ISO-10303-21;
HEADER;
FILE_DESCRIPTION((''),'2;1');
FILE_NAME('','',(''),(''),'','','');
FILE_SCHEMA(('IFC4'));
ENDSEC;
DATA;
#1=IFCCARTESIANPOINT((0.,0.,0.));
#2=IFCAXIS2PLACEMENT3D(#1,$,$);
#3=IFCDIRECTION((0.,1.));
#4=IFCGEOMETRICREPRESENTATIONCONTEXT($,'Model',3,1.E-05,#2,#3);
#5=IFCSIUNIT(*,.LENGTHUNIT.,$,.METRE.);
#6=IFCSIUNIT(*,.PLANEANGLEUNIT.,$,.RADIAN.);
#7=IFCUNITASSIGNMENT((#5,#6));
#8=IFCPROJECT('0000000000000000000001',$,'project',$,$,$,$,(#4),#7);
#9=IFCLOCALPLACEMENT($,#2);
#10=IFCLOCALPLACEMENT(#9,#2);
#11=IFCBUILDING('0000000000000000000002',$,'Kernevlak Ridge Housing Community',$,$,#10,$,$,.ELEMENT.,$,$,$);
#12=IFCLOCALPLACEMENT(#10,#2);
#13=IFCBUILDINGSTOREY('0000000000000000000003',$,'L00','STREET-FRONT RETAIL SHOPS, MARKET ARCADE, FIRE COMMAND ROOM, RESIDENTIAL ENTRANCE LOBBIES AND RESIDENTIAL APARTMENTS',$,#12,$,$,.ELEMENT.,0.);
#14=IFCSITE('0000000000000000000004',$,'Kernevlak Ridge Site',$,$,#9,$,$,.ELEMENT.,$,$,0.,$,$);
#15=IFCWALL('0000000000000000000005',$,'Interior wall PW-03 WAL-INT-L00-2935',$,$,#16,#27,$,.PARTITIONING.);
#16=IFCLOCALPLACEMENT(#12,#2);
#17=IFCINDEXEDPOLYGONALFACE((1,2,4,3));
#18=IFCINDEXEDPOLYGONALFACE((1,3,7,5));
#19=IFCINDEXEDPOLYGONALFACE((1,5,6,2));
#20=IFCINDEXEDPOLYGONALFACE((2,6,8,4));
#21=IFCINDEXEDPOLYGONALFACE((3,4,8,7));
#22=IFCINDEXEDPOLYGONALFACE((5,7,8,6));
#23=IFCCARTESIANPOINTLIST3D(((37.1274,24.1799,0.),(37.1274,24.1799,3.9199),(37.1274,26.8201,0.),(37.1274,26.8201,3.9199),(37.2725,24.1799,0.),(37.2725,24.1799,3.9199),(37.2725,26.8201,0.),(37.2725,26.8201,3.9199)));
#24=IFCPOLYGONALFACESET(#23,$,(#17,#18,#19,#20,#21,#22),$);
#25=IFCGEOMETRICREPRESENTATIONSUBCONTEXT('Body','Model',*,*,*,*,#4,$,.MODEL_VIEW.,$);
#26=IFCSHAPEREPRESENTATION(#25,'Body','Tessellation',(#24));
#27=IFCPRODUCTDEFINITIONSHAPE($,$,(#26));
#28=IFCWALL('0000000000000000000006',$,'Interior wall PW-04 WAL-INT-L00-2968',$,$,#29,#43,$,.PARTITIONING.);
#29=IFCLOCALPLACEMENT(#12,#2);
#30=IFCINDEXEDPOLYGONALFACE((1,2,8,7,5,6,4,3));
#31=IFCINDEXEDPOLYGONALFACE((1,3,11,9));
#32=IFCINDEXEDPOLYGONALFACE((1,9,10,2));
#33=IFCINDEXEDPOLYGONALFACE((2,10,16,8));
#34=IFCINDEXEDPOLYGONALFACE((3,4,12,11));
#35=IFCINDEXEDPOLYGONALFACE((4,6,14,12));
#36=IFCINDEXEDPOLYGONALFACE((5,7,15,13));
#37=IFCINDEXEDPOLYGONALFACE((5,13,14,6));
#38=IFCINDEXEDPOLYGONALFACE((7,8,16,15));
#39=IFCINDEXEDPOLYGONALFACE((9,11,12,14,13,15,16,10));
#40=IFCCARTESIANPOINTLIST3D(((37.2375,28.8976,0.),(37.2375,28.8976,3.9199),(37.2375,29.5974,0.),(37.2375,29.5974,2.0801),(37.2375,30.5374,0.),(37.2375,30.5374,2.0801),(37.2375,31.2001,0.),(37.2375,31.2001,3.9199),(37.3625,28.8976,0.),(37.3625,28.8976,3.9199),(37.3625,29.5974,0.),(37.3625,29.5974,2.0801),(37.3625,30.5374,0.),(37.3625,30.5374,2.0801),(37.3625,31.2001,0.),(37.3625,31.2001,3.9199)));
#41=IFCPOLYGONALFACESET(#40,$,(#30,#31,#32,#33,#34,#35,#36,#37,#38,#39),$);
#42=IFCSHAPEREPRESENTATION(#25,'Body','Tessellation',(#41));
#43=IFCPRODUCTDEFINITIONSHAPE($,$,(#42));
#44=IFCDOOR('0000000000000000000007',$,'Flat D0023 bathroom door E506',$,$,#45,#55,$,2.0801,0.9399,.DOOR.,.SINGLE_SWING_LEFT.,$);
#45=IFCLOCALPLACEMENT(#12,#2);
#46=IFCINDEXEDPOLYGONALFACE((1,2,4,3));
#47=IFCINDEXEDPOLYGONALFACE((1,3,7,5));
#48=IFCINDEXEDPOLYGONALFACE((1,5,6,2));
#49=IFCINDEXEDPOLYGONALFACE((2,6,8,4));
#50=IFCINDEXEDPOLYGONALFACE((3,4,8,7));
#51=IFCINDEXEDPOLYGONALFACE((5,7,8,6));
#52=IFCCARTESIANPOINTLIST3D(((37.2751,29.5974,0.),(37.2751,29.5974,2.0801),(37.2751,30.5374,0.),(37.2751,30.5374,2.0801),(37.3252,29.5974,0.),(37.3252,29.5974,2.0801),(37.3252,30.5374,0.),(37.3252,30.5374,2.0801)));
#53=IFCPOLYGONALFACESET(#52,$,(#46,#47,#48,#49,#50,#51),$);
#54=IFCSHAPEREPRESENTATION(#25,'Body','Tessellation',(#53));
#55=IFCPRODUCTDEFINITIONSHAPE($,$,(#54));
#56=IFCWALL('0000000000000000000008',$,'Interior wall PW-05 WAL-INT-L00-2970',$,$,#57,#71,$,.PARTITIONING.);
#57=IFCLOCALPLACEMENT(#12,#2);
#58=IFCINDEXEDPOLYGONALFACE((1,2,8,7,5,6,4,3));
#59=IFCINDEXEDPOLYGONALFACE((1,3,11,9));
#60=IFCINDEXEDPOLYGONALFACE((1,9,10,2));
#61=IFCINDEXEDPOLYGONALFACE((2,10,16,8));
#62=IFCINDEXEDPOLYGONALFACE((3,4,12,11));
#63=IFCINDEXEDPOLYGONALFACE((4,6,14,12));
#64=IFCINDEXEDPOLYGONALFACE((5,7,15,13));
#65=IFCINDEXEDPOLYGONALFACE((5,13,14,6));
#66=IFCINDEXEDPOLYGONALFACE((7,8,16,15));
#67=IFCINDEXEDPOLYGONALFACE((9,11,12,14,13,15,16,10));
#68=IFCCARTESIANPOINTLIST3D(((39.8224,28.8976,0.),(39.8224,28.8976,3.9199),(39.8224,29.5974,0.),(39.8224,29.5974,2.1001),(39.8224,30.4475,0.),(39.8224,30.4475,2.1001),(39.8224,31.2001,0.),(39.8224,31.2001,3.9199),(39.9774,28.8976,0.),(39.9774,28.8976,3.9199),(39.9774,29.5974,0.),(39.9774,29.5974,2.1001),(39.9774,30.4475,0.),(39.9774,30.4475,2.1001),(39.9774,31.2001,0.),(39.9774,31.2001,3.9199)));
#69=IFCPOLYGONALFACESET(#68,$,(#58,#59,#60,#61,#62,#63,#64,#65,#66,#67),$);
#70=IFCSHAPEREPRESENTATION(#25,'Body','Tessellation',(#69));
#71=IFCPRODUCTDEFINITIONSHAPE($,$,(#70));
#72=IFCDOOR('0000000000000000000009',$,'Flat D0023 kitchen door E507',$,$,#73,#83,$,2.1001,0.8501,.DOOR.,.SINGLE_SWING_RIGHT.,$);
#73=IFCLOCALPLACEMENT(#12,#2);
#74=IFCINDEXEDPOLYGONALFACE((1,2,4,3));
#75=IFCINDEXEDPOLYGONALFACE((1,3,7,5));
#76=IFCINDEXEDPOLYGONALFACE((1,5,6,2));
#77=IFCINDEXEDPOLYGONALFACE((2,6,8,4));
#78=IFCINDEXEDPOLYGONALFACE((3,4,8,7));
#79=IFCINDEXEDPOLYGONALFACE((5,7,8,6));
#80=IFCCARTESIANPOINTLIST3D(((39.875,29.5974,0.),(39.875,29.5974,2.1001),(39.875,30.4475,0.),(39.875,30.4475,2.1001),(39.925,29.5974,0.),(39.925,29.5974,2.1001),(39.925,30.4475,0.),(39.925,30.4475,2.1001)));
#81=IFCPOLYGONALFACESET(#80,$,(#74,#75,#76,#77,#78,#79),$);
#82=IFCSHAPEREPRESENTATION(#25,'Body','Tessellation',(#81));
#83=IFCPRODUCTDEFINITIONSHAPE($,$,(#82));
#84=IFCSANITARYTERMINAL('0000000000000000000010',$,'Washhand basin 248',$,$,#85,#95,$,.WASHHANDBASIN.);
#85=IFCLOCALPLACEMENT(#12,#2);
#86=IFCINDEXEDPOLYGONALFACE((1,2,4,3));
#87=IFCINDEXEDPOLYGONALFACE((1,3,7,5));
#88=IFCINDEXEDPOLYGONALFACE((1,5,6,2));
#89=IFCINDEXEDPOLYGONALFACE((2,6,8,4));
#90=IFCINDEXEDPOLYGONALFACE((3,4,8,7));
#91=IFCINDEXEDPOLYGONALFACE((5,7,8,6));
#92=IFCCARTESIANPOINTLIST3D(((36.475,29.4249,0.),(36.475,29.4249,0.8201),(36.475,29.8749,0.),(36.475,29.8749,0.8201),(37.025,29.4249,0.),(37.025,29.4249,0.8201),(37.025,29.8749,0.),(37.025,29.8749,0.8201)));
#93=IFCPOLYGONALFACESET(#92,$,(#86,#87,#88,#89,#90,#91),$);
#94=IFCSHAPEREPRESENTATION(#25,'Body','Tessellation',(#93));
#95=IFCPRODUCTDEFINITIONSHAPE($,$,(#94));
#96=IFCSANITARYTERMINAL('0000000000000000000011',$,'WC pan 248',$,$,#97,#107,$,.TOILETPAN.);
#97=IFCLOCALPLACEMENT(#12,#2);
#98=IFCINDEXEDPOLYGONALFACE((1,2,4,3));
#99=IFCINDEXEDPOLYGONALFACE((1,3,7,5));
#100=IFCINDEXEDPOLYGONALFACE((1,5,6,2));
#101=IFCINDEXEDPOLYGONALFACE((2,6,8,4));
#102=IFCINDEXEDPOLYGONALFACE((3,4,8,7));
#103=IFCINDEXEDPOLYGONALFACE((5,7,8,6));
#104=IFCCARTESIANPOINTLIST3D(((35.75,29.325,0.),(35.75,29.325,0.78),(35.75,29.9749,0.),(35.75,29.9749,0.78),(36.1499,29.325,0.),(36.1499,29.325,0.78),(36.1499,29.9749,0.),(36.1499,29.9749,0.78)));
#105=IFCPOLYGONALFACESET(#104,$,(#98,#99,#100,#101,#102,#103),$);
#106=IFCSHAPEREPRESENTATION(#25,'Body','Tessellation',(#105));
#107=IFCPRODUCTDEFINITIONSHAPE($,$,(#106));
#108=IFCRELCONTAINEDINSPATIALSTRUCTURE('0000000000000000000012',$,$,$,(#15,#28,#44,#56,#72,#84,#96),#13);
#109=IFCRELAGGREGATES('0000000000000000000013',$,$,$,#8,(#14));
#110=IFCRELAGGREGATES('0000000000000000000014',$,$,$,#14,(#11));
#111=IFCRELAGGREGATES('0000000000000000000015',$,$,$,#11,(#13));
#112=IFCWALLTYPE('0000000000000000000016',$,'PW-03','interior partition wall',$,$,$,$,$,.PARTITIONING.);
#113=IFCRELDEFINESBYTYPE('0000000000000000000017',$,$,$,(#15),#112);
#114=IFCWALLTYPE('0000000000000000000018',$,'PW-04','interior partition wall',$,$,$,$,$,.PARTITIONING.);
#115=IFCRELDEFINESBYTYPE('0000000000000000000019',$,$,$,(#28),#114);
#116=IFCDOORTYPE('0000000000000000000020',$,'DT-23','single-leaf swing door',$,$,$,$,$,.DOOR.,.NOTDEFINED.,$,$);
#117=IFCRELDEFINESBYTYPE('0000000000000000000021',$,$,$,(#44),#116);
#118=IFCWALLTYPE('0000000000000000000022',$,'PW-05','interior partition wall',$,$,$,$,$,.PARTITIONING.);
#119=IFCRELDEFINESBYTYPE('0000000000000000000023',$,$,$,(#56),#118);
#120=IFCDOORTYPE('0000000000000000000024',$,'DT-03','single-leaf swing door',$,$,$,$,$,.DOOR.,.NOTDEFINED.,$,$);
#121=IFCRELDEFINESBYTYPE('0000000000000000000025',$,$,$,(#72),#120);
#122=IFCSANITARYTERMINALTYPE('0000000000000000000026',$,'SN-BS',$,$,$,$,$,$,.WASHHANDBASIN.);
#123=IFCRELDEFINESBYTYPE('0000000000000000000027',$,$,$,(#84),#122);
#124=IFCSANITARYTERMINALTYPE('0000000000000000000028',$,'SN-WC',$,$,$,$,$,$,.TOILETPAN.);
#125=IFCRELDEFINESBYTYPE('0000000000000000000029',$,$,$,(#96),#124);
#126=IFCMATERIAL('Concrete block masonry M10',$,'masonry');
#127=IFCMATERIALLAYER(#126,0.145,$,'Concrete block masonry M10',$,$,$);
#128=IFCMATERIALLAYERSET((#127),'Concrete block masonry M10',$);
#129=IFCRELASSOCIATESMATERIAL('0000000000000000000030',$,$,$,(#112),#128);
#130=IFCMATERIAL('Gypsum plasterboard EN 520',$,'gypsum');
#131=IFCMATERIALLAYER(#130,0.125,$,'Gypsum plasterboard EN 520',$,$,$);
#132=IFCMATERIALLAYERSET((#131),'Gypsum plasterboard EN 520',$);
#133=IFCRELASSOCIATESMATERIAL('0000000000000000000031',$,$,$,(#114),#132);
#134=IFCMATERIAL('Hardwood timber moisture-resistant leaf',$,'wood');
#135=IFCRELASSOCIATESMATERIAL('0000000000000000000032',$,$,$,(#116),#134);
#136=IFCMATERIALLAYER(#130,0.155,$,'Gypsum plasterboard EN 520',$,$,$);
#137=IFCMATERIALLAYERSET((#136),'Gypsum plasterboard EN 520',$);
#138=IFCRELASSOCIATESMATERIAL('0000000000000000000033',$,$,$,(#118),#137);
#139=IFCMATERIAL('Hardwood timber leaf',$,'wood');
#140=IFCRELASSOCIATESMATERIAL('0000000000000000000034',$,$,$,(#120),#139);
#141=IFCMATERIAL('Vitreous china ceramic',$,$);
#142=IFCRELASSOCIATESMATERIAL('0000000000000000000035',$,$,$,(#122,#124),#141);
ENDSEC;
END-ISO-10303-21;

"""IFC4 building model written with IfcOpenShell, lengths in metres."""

from ifc_helpers import new_model, si_unit, direction, frame, frame_2d, origin, origin_2d, place, context, subcontext, project, spatial, rectangle, extrude, material, layer, layer_set, type_object, element, fill, save


model = new_model("IFC4")

# Units and contexts
model_context = context("Model", 3, precision=1e-05, world=origin(), true_north=direction((0.0, 1.0)))
body_context = subcontext(model_context, "Body", "Model", "MODEL_VIEW")
ifc_project = project(units=[si_unit("LENGTHUNIT", "METRE"), si_unit("PLANEANGLEUNIT", "RADIAN")], contexts=[model_context])

# Site, building, storey
site_placement = place(None, origin())
site = spatial("IfcSite", under=ifc_project, at=site_placement, Name="Kernevlak Ridge Site", CompositionType="ELEMENT", RefElevation=0.0)
building_placement = place(site_placement, origin())
building = spatial("IfcBuilding", under=site, at=building_placement, Name="Kernevlak Ridge Housing Community", CompositionType="ELEMENT")
storey_placement = place(building_placement, origin())
storey = spatial("IfcBuildingStorey", under=building, at=storey_placement, Name="L00", Description="STREET-FRONT RETAIL SHOPS, MARKET ARCADE, FIRE COMMAND ROOM, RESIDENTIAL ENTRANCE LOBBIES AND RESIDENTIAL APARTMENTS", CompositionType="ELEMENT", Elevation=0.0)

# Shared definitions
ifc_material_1 = material(Name="Concrete block masonry M10", Category="masonry")

# Shared definitions
ifc_layer_1 = layer(ifc_material_1, 0.145, Name="Concrete block masonry M10")
ifc_layer_set_1 = layer_set([ifc_layer_1], Name="Concrete block masonry M10")
wall_type_1 = type_object("IfcWallType", Name="PW-03", Description="interior partition wall", PredefinedType="PARTITIONING", material=ifc_layer_set_1)
ifc_material_2 = material(Name="Hardwood timber leaf", Category="wood")

# Wall
wall_1_placement = place(storey_placement, frame((37.2, 24.1799, 0.0), z_axis=(0.0, 0.0, 1.0), x_axis=(0.0, 1.0, 0.0)))
element("IfcWall", 1, at=wall_1_placement, inside=storey, type_object=wall_type_1, Name="Interior wall PW-03 WAL-INT-L00-2935", PredefinedType="PARTITIONING", context=body_context, shape_type="SweptSolid", body=[
    extrude(rectangle(XDim=2.6401, YDim=0.145, at=frame_2d((1.3201, 0.0))), origin(), (0.0, 0.0, 1.0), 3.9199),
])

# Walls, openings, doors
ifc_material_3 = material(Name="Gypsum plasterboard EN 520", Category="gypsum")
ifc_layer_2 = layer(ifc_material_3, 0.125, Name="Gypsum plasterboard EN 520")
ifc_layer_set_2 = layer_set([ifc_layer_2], Name="Gypsum plasterboard EN 520")
wall_type_2 = type_object("IfcWallType", Name="PW-04", Description="interior partition wall", PredefinedType="PARTITIONING", material=ifc_layer_set_2)
wall_2_placement = place(storey_placement, frame((37.3, 28.8975, 0.0), z_axis=(0.0, 0.0, 1.0), x_axis=(0.0, 1.0, 0.0)))
wall_2 = element("IfcWall", 2, at=wall_2_placement, inside=storey, type_object=wall_type_2, Name="Interior wall PW-04 WAL-INT-L00-2968", PredefinedType="PARTITIONING", context=body_context, shape_type="SweptSolid", body=[
    extrude(rectangle(XDim=2.3025, YDim=0.125, at=frame_2d((1.1514, 0.0))), origin(), (0.0, 0.0, 1.0), 3.9199),
])
opening_1_placement = place(wall_2_placement, frame((0.7, 0.0, 0.0)))
opening_1 = element("IfcOpeningElement", 3, at=opening_1_placement, cuts=wall_2, PredefinedType="OPENING", context=body_context, shape_type="SweptSolid", body=[
    extrude(rectangle(XDim=0.9399, YDim=2.0801, at=frame_2d((0.47, 1.04))), frame((0.0, 0.0725, 0.0), z_axis=(0.0, -1.0, 0.0), x_axis=(1.0, 0.0, 0.0)), (0.0, 0.0, 1.0), 0.145),
])
ifc_material_4 = material(Name="Hardwood timber moisture-resistant leaf", Category="wood")
door_type_1 = type_object("IfcDoorType", Name="DT-23", Description="single-leaf swing door", OperationType="NOTDEFINED", PredefinedType="DOOR", material=ifc_material_4)
door_1_placement = place(opening_1_placement, origin())
door_1 = element("IfcDoor", 4, at=door_1_placement, inside=storey, type_object=door_type_1, Name="Flat D0023 bathroom door E506", OperationType="SINGLE_SWING_LEFT", OverallHeight=2.0801, OverallWidth=0.9399, PredefinedType="DOOR", context=body_context, shape_type="SweptSolid", body=[
    extrude(rectangle(XDim=0.9399, YDim=2.0801, at=frame_2d((0.47, 1.04))), frame((0.0, 0.0249, 0.0), z_axis=(0.0, -1.0, 0.0), x_axis=(1.0, 0.0, 0.0)), (0.0, 0.0, 1.0), 0.05),
])
fill(opening_1, door_1)
ifc_layer_3 = layer(ifc_material_3, 0.155, Name="Gypsum plasterboard EN 520")
ifc_layer_set_3 = layer_set([ifc_layer_3], Name="Gypsum plasterboard EN 520")
wall_type_3 = type_object("IfcWallType", Name="PW-05", Description="interior partition wall", PredefinedType="PARTITIONING", material=ifc_layer_set_3)
wall_3_placement = place(storey_placement, frame((39.8999, 28.8975, 0.0), z_axis=(0.0, 0.0, 1.0), x_axis=(0.0, 1.0, 0.0)))
wall_3 = element("IfcWall", 5, at=wall_3_placement, inside=storey, type_object=wall_type_3, Name="Interior wall PW-05 WAL-INT-L00-2970", PredefinedType="PARTITIONING", context=body_context, shape_type="SweptSolid", body=[
    extrude(rectangle(XDim=2.3025, YDim=0.155, at=frame_2d((1.1514, 0.0))), origin(), (0.0, 0.0, 1.0), 3.9199),
])
opening_2_placement = place(wall_3_placement, frame((0.7, 0.0, 0.0)))
opening_2 = element("IfcOpeningElement", 6, at=opening_2_placement, cuts=wall_3, PredefinedType="OPENING", context=body_context, shape_type="SweptSolid", body=[
    extrude(rectangle(XDim=0.8501, YDim=2.1001, at=frame_2d((0.425, 1.05))), frame((0.0, 0.0874, 0.0), z_axis=(0.0, -1.0, 0.0), x_axis=(1.0, 0.0, 0.0)), (0.0, 0.0, 1.0), 0.175),
])
door_type_2 = type_object("IfcDoorType", Name="DT-03", Description="single-leaf swing door", OperationType="NOTDEFINED", PredefinedType="DOOR", material=ifc_material_2)
door_2_placement = place(opening_2_placement, origin())
door_2 = element("IfcDoor", 7, at=door_2_placement, inside=storey, type_object=door_type_2, Name="Flat D0023 kitchen door E507", OperationType="SINGLE_SWING_RIGHT", OverallHeight=2.1001, OverallWidth=0.8501, PredefinedType="DOOR", context=body_context, shape_type="SweptSolid", body=[
    extrude(rectangle(XDim=0.8501, YDim=2.1001, at=frame_2d((0.425, 1.05))), frame((0.0, 0.0249, 0.0), z_axis=(0.0, -1.0, 0.0), x_axis=(1.0, 0.0, 0.0)), (0.0, 0.0, 1.0), 0.05),
])
fill(opening_2, door_2)

# Sanitary terminals
ifc_material_5 = material(Name="Vitreous china ceramic")
sanitary_terminal_type_1 = type_object("IfcSanitaryTerminalType", Name="SN-BS", PredefinedType="WASHHANDBASIN", material=ifc_material_5)
sanitary_terminal_1_placement = place(storey_placement, frame((36.75, 29.6499, 0.0), z_axis=(0.0, 0.0, 1.0), x_axis=(1.0, 0.0, 0.0)))
element("IfcSanitaryTerminal", 8, at=sanitary_terminal_1_placement, inside=storey, type_object=sanitary_terminal_type_1, Name="Washhand basin 248", PredefinedType="WASHHANDBASIN", context=body_context, shape_type="SweptSolid", body=[
    extrude(rectangle(XDim=0.55, YDim=0.45, at=origin_2d()), origin(), (0.0, 0.0, 1.0), 0.8201),
])
sanitary_terminal_type_2 = type_object("IfcSanitaryTerminalType", Name="SN-WC", PredefinedType="TOILETPAN", material=ifc_material_5)
sanitary_terminal_2_placement = place(storey_placement, frame((35.95, 29.6499, 0.0), z_axis=(0.0, 0.0, 1.0), x_axis=(1.0, 0.0, 0.0)))
element("IfcSanitaryTerminal", 9, at=sanitary_terminal_2_placement, inside=storey, type_object=sanitary_terminal_type_2, Name="WC pan 248", PredefinedType="TOILETPAN", context=body_context, shape_type="SweptSolid", body=[
    extrude(rectangle(XDim=0.3999, YDim=0.6499, at=origin_2d()), origin(), (0.0, 0.0, 1.0), 0.78),
])

save(model, "model.ifc")
